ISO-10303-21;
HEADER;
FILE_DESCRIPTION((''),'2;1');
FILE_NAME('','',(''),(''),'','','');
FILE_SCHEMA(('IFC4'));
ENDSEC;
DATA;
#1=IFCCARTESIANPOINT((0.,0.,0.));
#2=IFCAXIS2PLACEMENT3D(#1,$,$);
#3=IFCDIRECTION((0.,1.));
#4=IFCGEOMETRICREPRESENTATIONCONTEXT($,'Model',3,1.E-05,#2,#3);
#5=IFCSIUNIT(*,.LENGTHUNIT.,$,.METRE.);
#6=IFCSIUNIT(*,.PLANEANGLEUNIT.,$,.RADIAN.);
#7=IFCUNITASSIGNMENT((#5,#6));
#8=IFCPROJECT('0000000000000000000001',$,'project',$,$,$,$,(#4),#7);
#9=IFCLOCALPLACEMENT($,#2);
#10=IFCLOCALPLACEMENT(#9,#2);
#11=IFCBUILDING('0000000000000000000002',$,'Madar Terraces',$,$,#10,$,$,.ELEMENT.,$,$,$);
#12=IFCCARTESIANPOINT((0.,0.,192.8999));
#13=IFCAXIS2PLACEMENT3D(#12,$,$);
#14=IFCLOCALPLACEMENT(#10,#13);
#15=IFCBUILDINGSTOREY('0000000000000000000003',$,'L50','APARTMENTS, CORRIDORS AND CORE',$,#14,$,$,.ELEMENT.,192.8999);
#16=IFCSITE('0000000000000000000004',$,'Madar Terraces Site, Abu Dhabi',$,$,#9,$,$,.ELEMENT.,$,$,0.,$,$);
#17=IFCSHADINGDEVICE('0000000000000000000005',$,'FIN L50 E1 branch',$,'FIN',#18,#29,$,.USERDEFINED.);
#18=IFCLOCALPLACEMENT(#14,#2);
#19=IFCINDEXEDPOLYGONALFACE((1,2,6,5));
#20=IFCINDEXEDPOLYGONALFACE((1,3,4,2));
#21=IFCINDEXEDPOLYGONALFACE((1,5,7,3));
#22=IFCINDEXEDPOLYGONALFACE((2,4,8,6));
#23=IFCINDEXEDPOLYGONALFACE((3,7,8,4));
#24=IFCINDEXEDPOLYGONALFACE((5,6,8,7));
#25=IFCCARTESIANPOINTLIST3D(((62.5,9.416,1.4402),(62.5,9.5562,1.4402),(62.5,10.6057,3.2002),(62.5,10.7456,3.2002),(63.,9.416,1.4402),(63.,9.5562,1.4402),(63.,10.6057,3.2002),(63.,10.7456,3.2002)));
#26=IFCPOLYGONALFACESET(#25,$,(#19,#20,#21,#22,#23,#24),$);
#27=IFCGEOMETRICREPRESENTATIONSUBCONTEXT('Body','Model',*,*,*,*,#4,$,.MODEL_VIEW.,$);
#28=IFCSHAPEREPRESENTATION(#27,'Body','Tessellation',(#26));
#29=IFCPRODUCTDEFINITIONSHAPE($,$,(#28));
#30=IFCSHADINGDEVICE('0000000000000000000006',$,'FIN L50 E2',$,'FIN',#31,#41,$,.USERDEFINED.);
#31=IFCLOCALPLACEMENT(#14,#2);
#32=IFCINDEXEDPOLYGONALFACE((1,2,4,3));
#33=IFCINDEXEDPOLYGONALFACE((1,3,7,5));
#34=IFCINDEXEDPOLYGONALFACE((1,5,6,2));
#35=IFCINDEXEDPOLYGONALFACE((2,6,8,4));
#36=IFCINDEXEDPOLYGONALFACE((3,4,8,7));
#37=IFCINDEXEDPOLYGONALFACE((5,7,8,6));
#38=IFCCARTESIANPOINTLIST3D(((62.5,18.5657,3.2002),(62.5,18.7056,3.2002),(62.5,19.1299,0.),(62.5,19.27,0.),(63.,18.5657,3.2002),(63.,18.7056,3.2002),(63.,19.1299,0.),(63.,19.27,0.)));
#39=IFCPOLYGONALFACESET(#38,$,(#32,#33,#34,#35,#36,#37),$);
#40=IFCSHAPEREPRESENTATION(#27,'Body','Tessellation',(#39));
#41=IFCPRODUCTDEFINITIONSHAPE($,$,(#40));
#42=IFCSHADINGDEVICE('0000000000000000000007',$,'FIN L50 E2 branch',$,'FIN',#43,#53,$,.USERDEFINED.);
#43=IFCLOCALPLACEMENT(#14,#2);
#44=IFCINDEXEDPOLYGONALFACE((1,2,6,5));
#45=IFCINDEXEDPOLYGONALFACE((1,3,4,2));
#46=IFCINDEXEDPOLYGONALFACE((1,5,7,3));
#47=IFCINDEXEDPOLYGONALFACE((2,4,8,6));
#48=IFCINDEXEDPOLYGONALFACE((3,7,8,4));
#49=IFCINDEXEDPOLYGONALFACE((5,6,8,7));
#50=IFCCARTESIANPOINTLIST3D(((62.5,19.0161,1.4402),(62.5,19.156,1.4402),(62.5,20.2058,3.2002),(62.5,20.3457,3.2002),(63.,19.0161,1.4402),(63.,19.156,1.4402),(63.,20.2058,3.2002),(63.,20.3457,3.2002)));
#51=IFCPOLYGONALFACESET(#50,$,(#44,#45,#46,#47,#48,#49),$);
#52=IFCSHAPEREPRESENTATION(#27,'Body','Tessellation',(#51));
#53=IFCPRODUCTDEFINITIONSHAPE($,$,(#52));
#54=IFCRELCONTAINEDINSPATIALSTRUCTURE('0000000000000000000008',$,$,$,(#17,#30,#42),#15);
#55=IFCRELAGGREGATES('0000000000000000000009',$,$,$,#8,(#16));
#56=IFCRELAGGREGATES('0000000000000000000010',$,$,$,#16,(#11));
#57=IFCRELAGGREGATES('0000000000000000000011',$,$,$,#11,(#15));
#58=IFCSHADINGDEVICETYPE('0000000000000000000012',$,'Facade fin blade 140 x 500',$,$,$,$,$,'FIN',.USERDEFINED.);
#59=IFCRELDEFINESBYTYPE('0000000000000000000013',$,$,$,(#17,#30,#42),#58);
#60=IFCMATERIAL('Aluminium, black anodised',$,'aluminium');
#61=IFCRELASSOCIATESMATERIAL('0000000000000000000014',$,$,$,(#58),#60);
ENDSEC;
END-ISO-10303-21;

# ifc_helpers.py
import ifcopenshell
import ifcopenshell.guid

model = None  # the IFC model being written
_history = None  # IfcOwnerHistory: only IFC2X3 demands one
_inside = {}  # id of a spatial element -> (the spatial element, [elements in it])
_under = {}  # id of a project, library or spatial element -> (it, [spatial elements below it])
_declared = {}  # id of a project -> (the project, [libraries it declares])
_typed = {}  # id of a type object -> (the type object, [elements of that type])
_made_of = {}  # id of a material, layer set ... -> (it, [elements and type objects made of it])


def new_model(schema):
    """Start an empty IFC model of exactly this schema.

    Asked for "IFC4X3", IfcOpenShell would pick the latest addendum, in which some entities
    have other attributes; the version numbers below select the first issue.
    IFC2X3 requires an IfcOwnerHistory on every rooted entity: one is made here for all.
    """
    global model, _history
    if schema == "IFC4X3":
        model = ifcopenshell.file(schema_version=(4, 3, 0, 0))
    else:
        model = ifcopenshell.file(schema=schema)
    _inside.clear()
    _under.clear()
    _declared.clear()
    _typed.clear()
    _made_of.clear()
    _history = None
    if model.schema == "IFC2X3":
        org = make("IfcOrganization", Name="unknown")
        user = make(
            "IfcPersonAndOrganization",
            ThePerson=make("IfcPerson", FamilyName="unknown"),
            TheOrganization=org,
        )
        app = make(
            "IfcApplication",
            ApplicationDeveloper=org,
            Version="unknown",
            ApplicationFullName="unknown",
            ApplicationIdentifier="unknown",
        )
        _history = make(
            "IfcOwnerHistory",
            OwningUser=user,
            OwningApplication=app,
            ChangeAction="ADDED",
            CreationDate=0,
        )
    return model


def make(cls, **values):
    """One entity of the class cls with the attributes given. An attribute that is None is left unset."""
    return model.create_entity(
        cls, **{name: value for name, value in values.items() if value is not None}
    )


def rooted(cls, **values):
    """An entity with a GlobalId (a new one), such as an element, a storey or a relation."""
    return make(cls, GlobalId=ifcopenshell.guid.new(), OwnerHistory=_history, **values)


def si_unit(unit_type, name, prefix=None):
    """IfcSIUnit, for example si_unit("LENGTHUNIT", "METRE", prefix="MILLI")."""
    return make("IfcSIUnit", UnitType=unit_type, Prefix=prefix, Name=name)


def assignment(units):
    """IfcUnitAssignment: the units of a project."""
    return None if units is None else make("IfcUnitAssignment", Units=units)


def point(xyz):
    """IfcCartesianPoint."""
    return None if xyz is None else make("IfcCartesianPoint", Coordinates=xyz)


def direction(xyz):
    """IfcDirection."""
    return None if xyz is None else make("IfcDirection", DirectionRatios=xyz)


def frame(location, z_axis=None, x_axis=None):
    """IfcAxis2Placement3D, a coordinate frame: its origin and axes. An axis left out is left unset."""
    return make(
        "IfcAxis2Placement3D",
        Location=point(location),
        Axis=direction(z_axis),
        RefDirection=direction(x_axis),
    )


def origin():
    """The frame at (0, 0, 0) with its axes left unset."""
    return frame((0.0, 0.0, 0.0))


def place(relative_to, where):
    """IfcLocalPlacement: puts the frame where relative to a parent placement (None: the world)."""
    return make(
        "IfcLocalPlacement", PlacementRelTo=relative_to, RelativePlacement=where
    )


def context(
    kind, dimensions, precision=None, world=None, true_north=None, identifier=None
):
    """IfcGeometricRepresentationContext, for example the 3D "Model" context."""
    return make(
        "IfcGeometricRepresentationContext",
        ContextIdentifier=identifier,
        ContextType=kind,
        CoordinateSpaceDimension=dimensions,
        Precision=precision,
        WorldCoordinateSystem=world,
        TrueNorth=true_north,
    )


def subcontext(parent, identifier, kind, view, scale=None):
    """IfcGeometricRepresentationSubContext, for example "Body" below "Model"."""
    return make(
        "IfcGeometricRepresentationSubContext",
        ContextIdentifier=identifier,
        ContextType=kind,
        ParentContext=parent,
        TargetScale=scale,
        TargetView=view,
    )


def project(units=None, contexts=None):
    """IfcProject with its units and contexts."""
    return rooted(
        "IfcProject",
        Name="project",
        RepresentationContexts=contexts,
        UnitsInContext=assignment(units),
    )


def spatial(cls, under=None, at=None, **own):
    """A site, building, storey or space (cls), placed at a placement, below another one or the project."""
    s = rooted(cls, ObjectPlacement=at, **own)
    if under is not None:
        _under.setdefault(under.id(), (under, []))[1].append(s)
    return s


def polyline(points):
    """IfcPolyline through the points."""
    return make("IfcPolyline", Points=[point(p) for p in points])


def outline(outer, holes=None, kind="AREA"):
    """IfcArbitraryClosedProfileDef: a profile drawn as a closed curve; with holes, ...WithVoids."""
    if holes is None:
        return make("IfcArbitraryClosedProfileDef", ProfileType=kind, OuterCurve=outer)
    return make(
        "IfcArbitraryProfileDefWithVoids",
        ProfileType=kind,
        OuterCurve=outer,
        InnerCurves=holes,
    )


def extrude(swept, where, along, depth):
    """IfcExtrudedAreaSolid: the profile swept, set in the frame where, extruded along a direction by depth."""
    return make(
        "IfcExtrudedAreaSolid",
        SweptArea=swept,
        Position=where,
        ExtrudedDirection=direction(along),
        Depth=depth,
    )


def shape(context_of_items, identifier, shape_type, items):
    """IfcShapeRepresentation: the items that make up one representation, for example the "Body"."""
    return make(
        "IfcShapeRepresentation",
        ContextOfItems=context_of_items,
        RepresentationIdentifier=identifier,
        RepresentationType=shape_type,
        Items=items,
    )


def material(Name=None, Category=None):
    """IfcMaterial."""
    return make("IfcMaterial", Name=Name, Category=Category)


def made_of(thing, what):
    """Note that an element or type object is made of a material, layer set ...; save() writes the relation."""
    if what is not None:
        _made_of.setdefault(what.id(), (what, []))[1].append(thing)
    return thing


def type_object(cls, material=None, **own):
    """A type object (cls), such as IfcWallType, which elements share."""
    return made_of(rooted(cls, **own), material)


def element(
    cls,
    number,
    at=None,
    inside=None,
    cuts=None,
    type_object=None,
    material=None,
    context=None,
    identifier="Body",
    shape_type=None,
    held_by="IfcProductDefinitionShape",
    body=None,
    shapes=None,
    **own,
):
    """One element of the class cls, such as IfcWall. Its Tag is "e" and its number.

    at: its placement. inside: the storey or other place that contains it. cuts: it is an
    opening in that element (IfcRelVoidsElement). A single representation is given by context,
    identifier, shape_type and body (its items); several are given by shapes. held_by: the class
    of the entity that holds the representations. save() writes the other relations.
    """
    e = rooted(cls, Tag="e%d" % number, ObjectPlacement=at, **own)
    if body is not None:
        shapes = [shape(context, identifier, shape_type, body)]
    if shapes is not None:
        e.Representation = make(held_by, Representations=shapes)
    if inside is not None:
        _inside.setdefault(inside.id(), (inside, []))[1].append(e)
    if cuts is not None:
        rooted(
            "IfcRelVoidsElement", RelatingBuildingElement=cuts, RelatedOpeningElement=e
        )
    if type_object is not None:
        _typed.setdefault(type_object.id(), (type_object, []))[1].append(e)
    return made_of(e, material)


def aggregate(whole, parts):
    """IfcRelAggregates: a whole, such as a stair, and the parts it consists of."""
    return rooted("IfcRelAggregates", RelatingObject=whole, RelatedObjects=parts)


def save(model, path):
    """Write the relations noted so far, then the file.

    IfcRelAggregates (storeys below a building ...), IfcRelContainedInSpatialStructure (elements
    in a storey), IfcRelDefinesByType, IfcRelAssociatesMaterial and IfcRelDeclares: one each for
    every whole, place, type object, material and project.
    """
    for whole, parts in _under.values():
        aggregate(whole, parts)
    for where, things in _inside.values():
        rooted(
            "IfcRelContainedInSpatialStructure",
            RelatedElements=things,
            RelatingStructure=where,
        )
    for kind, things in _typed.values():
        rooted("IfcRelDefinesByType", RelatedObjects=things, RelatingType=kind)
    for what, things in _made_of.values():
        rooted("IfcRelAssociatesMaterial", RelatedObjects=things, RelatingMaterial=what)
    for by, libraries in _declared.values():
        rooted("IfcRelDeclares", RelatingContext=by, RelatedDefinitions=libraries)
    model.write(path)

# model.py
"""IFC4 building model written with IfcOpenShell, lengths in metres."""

from ifc_helpers import new_model, si_unit, direction, frame, origin, place, context, subcontext, project, spatial, polyline, outline, extrude, material, type_object, element, save


model = new_model("IFC4")

# Units and contexts
model_context = context("Model", 3, precision=1e-05, world=origin(), true_north=direction((0.0, 1.0)))
body_context = subcontext(model_context, "Body", "Model", "MODEL_VIEW")
ifc_project = project(units=[si_unit("LENGTHUNIT", "METRE"), si_unit("PLANEANGLEUNIT", "RADIAN")], contexts=[model_context])

# Site, building, storey
site_placement = place(None, origin())
site = spatial("IfcSite", under=ifc_project, at=site_placement, Name="Madar Terraces Site, Abu Dhabi", CompositionType="ELEMENT", RefElevation=0.0)
building_placement = place(site_placement, origin())
building = spatial("IfcBuilding", under=site, at=building_placement, Name="Madar Terraces", CompositionType="ELEMENT")
storey_placement = place(building_placement, frame((0.0, 0.0, 192.8999)))
storey = spatial("IfcBuildingStorey", under=building, at=storey_placement, Name="L50", Description="APARTMENTS, CORRIDORS AND CORE", CompositionType="ELEMENT", Elevation=192.8999)

# Shading devices
ifc_material_1 = material(Name="Aluminium, black anodised", Category="aluminium")
shading_device_type = type_object("IfcShadingDeviceType", Name="Facade fin blade 140 x 500", ElementType="FIN", PredefinedType="USERDEFINED", material=ifc_material_1)
shading_device_1_placement = place(storey_placement, frame((62.75, 9.416, 1.4402), z_axis=(0.0, 0.0, 1.0), x_axis=(0.0, 1.0, 0.0)))
element("IfcShadingDevice", 1, at=shading_device_1_placement, inside=storey, type_object=shading_device_type, Name="FIN L50 E1 branch", ObjectType="FIN", PredefinedType="USERDEFINED", context=body_context, shape_type="SweptSolid", body=[
    extrude(outline(polyline([(0.0, 0.0), (0.1401, 0.0), (1.3296, 1.76), (1.1897, 1.76), (0.0, 0.0)])), frame((0.0, 0.25, 0.0), z_axis=(0.0, -1.0, 0.0), x_axis=(1.0, 0.0, 0.0)), (0.0, 0.0, 1.0), 0.5),
])
shading_device_2_placement = place(storey_placement, frame((62.75, 19.1299, 0.0), z_axis=(0.0, 0.0, 1.0), x_axis=(0.0, 1.0, 0.0)))
element("IfcShadingDevice", 2, at=shading_device_2_placement, inside=storey, type_object=shading_device_type, Name="FIN L50 E2", ObjectType="FIN", PredefinedType="USERDEFINED", context=body_context, shape_type="SweptSolid", body=[
    extrude(outline(polyline([(0.0, 0.0), (0.1401, 0.0), (-0.4243, 3.2002), (-0.5642, 3.2002), (0.0, 0.0)])), frame((0.0, 0.25, 0.0), z_axis=(0.0, -1.0, 0.0), x_axis=(1.0, 0.0, 0.0)), (0.0, 0.0, 1.0), 0.5),
])
shading_device_3_placement = place(storey_placement, frame((62.75, 19.0161, 1.4402), z_axis=(0.0, 0.0, 1.0), x_axis=(0.0, 1.0, 0.0)))
element("IfcShadingDevice", 3, at=shading_device_3_placement, inside=storey, type_object=shading_device_type, Name="FIN L50 E2 branch", ObjectType="FIN", PredefinedType="USERDEFINED", context=body_context, shape_type="SweptSolid", body=[
    extrude(outline(polyline([(0.0, 0.0), (0.1399, 0.0), (1.3296, 1.76), (1.1897, 1.76), (0.0, 0.0)])), frame((0.0, 0.25, 0.0), z_axis=(0.0, -1.0, 0.0), x_axis=(1.0, 0.0, 0.0)), (0.0, 0.0, 1.0), 0.5),
])

save(model, "model.ifc")
